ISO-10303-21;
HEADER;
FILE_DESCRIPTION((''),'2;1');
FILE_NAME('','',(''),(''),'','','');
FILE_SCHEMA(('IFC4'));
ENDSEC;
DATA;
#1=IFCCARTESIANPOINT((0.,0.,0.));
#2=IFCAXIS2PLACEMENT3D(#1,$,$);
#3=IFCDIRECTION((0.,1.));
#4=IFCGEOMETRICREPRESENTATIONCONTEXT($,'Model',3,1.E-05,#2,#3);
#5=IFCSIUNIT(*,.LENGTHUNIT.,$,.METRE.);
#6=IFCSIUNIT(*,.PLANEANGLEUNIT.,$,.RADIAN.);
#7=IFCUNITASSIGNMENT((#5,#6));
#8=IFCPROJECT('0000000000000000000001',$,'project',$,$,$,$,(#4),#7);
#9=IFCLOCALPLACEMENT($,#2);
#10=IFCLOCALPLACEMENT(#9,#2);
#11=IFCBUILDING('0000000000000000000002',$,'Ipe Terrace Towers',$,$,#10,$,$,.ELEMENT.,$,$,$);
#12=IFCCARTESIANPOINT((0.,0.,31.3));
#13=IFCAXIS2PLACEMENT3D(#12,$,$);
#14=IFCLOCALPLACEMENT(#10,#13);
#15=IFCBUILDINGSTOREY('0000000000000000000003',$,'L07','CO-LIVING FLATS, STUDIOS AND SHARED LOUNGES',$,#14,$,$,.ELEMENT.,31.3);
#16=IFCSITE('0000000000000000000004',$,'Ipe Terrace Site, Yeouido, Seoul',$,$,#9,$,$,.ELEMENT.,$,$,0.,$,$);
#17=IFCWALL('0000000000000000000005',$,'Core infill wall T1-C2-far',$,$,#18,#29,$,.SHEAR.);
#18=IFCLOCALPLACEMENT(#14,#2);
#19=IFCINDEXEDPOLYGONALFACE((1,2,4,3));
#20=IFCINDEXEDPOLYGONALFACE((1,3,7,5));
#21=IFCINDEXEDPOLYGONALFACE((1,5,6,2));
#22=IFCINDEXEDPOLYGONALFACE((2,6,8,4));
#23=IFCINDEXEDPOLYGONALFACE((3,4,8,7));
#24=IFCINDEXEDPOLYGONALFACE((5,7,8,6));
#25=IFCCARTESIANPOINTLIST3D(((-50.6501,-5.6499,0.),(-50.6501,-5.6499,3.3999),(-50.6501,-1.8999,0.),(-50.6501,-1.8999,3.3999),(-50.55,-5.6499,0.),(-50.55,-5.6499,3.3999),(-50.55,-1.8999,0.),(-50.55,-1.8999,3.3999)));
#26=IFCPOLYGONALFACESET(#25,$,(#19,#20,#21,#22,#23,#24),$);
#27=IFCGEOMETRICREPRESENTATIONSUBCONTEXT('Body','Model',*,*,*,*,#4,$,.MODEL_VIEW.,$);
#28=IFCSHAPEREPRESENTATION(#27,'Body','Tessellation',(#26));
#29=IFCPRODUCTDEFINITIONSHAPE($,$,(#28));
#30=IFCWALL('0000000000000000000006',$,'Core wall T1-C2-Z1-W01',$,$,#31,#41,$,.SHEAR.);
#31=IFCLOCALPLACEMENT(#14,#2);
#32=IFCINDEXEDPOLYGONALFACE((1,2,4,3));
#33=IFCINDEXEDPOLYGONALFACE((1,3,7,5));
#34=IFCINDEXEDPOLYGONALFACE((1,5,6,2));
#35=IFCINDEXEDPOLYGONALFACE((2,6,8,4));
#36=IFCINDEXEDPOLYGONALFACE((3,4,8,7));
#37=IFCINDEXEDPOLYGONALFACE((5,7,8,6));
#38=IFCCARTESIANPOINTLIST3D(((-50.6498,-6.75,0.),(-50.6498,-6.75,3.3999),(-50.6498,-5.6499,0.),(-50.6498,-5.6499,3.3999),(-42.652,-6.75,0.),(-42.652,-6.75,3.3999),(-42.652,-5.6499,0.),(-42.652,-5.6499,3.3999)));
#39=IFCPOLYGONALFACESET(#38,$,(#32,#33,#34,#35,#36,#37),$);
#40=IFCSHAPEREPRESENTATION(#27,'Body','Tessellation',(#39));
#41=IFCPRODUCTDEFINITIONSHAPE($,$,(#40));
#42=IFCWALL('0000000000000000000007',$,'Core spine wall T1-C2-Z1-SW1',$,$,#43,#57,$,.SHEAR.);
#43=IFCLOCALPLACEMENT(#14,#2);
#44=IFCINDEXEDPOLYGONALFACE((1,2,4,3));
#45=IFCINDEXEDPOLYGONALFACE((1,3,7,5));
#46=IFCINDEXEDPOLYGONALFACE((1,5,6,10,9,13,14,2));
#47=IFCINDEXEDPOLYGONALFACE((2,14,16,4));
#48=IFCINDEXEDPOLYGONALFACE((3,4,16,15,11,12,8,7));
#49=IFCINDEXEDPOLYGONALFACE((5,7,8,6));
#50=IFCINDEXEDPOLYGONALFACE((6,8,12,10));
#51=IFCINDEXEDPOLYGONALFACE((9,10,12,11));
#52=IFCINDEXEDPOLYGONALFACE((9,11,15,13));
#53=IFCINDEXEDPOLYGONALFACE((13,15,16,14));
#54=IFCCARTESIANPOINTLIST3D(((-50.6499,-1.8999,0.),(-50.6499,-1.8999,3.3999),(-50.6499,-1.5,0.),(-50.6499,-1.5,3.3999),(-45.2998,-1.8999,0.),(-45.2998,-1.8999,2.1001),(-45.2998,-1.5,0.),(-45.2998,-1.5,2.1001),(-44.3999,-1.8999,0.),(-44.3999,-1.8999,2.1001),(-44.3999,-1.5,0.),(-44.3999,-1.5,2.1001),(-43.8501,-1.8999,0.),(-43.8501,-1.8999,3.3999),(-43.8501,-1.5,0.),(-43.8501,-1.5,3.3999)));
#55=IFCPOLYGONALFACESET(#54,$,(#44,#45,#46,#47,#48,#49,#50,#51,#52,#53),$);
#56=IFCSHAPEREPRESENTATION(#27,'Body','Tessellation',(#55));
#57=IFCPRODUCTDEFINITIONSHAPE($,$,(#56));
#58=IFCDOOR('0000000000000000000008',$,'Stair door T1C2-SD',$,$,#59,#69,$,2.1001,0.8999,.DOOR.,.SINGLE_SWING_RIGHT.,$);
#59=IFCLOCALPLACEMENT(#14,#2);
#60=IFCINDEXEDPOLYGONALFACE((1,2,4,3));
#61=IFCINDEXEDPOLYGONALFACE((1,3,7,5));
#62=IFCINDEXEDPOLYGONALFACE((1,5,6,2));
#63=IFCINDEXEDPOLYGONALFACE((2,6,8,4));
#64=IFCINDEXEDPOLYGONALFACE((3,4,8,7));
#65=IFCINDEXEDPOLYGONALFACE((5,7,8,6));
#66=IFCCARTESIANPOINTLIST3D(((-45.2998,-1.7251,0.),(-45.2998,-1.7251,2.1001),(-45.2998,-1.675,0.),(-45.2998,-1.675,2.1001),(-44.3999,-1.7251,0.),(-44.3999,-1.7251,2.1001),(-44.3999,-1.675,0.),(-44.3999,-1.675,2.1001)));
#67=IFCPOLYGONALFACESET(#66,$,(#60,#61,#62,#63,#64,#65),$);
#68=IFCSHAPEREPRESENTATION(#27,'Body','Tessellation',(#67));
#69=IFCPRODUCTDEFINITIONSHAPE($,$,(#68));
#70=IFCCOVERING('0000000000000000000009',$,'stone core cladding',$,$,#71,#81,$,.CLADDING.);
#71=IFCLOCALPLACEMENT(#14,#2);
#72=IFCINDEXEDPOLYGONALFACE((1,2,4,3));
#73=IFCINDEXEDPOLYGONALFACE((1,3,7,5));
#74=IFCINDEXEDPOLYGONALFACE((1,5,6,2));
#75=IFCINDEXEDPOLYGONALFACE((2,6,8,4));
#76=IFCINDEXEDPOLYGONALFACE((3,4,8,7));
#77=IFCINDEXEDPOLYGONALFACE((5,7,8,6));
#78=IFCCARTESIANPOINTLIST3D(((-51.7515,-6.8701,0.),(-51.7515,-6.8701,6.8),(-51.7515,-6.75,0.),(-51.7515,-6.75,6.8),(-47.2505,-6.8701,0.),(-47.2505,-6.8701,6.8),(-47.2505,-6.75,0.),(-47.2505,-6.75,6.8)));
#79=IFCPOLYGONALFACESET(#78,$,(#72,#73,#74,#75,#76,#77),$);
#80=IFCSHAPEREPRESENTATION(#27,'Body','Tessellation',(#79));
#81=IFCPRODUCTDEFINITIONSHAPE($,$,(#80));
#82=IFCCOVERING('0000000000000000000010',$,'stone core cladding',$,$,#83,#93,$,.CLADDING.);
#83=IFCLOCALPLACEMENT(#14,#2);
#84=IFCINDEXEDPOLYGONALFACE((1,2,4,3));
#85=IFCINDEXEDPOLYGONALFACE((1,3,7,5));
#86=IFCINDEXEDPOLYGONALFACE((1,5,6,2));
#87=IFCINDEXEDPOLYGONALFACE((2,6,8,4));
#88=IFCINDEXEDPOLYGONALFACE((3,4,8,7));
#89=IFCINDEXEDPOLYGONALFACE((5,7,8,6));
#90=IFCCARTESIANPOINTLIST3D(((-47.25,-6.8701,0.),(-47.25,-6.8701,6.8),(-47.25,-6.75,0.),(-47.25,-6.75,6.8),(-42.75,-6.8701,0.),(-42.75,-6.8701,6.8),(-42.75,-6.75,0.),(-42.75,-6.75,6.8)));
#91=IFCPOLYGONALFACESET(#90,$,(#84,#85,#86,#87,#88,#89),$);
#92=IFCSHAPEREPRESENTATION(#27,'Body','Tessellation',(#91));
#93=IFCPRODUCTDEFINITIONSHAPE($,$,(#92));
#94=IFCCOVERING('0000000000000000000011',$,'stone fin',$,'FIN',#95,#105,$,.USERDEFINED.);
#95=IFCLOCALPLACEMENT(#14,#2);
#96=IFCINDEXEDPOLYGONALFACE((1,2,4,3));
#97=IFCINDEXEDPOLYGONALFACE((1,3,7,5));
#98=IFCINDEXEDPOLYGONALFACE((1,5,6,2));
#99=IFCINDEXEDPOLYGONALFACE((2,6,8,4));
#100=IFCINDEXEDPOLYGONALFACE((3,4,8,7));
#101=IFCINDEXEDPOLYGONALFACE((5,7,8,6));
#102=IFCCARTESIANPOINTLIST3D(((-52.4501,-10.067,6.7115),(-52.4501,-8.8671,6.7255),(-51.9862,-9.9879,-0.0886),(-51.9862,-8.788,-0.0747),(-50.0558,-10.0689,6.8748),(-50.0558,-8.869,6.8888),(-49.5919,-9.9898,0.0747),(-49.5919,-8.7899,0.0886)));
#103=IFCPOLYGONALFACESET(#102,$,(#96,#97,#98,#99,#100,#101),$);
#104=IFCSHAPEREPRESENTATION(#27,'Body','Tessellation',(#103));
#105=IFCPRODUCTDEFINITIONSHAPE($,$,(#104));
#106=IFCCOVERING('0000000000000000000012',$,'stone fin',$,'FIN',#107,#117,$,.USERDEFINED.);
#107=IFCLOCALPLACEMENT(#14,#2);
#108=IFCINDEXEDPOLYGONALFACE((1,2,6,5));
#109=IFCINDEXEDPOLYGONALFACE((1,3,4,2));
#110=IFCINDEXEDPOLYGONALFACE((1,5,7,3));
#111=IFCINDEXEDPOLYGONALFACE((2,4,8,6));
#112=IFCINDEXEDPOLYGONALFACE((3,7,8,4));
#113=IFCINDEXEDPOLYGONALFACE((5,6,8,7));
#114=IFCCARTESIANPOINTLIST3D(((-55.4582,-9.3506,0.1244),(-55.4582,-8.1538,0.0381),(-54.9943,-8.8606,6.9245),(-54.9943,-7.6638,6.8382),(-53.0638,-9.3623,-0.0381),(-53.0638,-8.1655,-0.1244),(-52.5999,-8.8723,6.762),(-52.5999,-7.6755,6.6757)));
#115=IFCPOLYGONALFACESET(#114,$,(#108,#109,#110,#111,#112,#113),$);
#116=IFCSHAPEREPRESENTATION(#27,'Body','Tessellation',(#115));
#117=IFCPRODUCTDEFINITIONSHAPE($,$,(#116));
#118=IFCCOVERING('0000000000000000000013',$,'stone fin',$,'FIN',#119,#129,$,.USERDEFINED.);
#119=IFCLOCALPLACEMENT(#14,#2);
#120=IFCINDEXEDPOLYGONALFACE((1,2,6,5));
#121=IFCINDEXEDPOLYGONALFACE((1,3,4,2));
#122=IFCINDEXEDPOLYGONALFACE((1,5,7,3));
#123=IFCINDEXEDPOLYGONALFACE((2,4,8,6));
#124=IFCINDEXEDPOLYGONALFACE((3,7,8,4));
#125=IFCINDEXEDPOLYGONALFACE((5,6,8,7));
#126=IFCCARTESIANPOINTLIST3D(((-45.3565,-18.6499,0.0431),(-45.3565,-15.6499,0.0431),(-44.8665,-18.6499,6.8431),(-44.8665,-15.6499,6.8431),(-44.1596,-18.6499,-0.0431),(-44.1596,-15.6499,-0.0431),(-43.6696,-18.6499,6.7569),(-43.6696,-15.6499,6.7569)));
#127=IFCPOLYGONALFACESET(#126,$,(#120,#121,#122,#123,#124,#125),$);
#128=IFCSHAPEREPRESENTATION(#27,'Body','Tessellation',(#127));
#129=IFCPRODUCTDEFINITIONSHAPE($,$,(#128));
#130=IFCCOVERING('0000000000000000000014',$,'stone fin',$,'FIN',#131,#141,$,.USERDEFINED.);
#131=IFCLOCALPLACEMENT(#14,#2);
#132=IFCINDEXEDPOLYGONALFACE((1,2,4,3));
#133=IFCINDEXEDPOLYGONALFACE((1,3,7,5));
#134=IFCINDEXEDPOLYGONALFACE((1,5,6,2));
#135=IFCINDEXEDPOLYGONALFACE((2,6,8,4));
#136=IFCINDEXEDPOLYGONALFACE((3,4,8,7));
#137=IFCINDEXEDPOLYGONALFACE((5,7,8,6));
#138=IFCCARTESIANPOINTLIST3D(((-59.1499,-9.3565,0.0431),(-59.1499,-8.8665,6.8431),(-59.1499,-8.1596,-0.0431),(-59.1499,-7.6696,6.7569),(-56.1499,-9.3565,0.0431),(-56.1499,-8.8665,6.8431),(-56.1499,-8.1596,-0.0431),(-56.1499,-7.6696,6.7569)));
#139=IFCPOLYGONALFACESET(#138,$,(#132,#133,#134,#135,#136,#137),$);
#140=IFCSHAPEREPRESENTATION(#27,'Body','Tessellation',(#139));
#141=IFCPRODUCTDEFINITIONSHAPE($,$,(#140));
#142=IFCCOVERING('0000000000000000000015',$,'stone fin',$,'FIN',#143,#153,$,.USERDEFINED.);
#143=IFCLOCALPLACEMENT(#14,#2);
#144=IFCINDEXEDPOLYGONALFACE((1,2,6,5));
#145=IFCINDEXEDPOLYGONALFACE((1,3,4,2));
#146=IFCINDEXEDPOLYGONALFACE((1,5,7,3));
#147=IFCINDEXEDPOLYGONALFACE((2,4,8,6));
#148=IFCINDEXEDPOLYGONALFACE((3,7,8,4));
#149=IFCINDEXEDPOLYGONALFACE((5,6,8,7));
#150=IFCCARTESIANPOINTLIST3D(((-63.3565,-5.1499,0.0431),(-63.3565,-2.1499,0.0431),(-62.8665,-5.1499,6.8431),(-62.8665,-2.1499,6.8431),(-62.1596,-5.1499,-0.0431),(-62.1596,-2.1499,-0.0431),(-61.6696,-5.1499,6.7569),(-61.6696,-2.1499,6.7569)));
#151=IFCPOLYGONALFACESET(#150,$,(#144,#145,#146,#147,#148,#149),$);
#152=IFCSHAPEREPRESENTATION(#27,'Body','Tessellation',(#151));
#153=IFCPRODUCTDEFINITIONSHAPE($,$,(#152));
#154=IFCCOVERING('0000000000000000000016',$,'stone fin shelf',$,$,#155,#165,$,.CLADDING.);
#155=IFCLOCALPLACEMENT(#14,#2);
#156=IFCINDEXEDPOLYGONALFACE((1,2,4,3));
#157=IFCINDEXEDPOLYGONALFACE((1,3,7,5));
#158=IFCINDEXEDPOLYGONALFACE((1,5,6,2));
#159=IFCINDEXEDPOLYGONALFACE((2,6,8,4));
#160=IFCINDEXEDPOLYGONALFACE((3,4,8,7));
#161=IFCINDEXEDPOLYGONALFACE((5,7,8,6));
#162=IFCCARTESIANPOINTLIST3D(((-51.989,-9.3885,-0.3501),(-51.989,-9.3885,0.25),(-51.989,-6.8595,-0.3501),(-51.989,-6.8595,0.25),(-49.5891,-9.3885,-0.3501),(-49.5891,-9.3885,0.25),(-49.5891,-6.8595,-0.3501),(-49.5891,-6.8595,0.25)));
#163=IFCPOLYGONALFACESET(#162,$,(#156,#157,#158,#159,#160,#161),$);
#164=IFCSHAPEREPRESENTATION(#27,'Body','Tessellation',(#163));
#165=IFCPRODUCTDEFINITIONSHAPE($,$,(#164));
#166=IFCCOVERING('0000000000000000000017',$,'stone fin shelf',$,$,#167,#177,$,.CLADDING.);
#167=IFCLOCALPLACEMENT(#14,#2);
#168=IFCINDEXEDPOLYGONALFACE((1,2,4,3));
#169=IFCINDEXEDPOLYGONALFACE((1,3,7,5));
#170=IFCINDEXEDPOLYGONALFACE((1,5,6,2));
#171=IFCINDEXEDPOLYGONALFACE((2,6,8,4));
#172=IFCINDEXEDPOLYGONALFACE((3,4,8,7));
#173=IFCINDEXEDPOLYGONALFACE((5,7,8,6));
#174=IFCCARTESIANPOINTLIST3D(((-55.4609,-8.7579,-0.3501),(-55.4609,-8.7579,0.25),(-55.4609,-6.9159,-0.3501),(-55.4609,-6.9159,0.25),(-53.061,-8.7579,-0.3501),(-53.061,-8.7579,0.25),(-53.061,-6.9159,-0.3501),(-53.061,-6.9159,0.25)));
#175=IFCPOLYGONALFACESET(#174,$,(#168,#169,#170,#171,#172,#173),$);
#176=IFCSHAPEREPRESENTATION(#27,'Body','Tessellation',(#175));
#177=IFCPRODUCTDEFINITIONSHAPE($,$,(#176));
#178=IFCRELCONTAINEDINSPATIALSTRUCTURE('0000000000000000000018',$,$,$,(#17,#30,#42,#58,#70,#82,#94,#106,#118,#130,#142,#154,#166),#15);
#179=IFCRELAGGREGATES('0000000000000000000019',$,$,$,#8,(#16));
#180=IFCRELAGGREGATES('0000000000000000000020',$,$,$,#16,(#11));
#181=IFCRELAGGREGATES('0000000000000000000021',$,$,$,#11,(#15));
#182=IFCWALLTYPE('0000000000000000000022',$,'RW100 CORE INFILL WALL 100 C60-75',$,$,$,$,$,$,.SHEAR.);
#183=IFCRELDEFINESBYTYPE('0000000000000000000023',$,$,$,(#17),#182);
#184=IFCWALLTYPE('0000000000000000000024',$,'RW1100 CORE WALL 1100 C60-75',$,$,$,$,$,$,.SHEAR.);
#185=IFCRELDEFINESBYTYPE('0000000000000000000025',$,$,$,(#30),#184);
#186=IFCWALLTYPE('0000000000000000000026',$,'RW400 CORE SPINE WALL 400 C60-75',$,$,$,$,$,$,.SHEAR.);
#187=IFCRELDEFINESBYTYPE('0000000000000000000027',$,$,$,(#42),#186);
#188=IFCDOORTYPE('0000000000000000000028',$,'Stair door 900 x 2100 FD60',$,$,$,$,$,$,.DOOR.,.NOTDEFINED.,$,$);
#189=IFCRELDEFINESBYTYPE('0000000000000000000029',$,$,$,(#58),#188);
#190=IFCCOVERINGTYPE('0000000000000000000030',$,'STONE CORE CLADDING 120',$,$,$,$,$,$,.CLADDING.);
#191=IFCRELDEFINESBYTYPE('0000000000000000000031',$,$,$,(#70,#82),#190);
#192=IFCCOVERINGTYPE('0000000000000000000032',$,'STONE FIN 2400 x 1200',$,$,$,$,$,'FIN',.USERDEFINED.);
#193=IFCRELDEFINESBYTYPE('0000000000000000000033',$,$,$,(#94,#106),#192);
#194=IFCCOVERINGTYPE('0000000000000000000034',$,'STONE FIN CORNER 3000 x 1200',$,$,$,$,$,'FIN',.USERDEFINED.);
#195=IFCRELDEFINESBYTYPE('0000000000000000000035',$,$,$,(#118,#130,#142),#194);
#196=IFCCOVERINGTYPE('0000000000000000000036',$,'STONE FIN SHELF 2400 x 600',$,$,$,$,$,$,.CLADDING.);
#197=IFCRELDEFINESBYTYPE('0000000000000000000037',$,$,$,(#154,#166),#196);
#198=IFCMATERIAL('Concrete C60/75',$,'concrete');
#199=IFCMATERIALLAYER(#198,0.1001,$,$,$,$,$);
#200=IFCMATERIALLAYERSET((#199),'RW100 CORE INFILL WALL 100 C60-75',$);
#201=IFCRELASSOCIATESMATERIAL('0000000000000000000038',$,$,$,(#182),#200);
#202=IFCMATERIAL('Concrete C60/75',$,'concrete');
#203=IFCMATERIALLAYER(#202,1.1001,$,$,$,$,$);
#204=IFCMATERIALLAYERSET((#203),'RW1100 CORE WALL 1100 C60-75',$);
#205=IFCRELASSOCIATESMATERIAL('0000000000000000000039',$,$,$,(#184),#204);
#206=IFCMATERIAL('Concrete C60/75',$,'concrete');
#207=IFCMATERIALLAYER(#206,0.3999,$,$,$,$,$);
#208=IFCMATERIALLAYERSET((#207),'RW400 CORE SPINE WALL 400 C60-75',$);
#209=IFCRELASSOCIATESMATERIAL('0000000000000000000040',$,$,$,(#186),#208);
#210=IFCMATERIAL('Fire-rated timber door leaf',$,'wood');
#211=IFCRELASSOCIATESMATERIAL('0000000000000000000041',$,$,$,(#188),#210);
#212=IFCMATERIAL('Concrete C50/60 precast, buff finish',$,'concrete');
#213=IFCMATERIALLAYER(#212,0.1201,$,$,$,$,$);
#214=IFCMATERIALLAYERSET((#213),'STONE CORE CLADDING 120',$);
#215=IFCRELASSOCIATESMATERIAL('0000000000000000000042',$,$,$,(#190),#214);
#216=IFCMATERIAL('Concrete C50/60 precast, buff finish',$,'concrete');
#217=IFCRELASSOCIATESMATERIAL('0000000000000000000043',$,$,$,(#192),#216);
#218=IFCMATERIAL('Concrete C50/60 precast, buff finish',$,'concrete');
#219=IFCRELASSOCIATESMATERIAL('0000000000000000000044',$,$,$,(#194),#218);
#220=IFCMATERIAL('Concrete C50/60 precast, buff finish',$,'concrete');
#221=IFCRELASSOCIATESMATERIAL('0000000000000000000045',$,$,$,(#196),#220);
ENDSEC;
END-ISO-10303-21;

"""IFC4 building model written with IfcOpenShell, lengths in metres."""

from ifc_helpers import new_model, si_unit, direction, frame, frame_2d, origin, origin_2d, place, context, subcontext, project, spatial, rectangle, extrude, material, layer, layer_set, material_profile, profile_set, type_object, element, fill, save


model = new_model("IFC4")

# Units and contexts
model_context = context("Model", 3, precision=1e-05, world=origin(), true_north=direction((0.0, 1.0)))
body_context = subcontext(model_context, "Body", "Model", "MODEL_VIEW")
ifc_project = project(units=[si_unit("LENGTHUNIT", "METRE"), si_unit("PLANEANGLEUNIT", "RADIAN")], contexts=[model_context])

# Site, building, storey
site_placement = place(None, origin())
site = spatial("IfcSite", under=ifc_project, at=site_placement, Name="Ipe Terrace Site, Yeouido, Seoul", CompositionType="ELEMENT", RefElevation=0.0)
building_placement = place(site_placement, origin())
building = spatial("IfcBuilding", under=site, at=building_placement, Name="Ipe Terrace Towers", CompositionType="ELEMENT")
storey_placement = place(building_placement, frame((0.0, 0.0, 31.3)))
storey = spatial("IfcBuildingStorey", under=building, at=storey_placement, Name="L07", Description="CO-LIVING FLATS, STUDIOS AND SHARED LOUNGES", CompositionType="ELEMENT", Elevation=31.3)

# Walls
ifc_material_1 = material(Name="Concrete C60/75", Category="concrete")
ifc_layer_1 = layer(ifc_material_1, 0.1001)
ifc_layer_set_1 = layer_set([ifc_layer_1], Name="RW100 CORE INFILL WALL 100 C60-75")
wall_type_1 = type_object("IfcWallType", Name="RW100 CORE INFILL WALL 100 C60-75", PredefinedType="SHEAR", material=ifc_layer_set_1)
wall_1_placement = place(storey_placement, frame((-50.6001, -1.8999, 0.0), z_axis=(0.0, 0.0, 1.0), x_axis=(0.0, -1.0, 0.0)))
element("IfcWall", 1, at=wall_1_placement, inside=storey, type_object=wall_type_1, Name="Core infill wall T1-C2-far", PredefinedType="SHEAR", context=body_context, shape_type="SweptSolid", body=[
    extrude(rectangle(XDim=3.75, YDim=0.1001, at=frame_2d((1.875, 0.0))), origin(), (0.0, 0.0, 1.0), 3.3999),
])
ifc_material_2 = material(Name="Concrete C60/75", Category="concrete")
ifc_layer_2 = layer(ifc_material_2, 1.1001)
ifc_layer_set_2 = layer_set([ifc_layer_2], Name="RW1100 CORE WALL 1100 C60-75")
wall_type_2 = type_object("IfcWallType", Name="RW1100 CORE WALL 1100 C60-75", PredefinedType="SHEAR", material=ifc_layer_set_2)
wall_2_placement = place(storey_placement, frame((-50.6499, -6.2, 0.0), z_axis=(0.0, 0.0, 1.0), x_axis=(1.0, 0.0, 0.0)))
element("IfcWall", 2, at=wall_2_placement, inside=storey, type_object=wall_type_2, Name="Core wall T1-C2-Z1-W01", PredefinedType="SHEAR", context=body_context, shape_type="SweptSolid", body=[
    extrude(rectangle(XDim=7.9978, YDim=1.1001, at=frame_2d((3.999, 0.0))), origin(), (0.0, 0.0, 1.0), 3.3999),
])

# Wall, opening, door
ifc_material_3 = material(Name="Concrete C60/75", Category="concrete")
ifc_layer_3 = layer(ifc_material_3, 0.3999)
ifc_layer_set_3 = layer_set([ifc_layer_3], Name="RW400 CORE SPINE WALL 400 C60-75")
wall_type_3 = type_object("IfcWallType", Name="RW400 CORE SPINE WALL 400 C60-75", PredefinedType="SHEAR", material=ifc_layer_set_3)
wall_3_placement = place(storey_placement, frame((-50.6499, -1.7, 0.0), z_axis=(0.0, 0.0, 1.0), x_axis=(1.0, 0.0, 0.0)))
wall_3 = element("IfcWall", 3, at=wall_3_placement, inside=storey, type_object=wall_type_3, Name="Core spine wall T1-C2-Z1-SW1", PredefinedType="SHEAR", context=body_context, shape_type="SweptSolid", body=[
    extrude(rectangle(XDim=6.7998, YDim=0.3999, at=frame_2d((3.3999, 0.0))), origin(), (0.0, 0.0, 1.0), 3.3999),
])
opening_1_placement = place(wall_3_placement, frame((5.3501, 0.0, 0.0)))
opening_1 = element("IfcOpeningElement", 4, at=opening_1_placement, cuts=wall_3, PredefinedType="OPENING", context=body_context, shape_type="SweptSolid", body=[
    extrude(rectangle(XDim=0.8999, YDim=2.1001, at=frame_2d((0.45, 1.05))), frame((0.0, 0.21, 0.0), z_axis=(0.0, -1.0, 0.0), x_axis=(1.0, 0.0, 0.0)), (0.0, 0.0, 1.0), 0.4199),
])
ifc_material_4 = material(Name="Fire-rated timber door leaf", Category="wood")
door_type_1 = type_object("IfcDoorType", Name="Stair door 900 x 2100 FD60", OperationType="NOTDEFINED", PredefinedType="DOOR", material=ifc_material_4)
door_1_placement = place(opening_1_placement, origin())
door_1 = element("IfcDoor", 5, at=door_1_placement, inside=storey, type_object=door_type_1, Name="Stair door T1C2-SD", OperationType="SINGLE_SWING_RIGHT", OverallHeight=2.1001, OverallWidth=0.8999, PredefinedType="DOOR", context=body_context, shape_type="SweptSolid", body=[
    extrude(rectangle(XDim=0.8999, YDim=2.1001, at=frame_2d((0.45, 1.05))), frame((0.0, 0.0249, 0.0), z_axis=(0.0, -1.0, 0.0), x_axis=(1.0, 0.0, 0.0)), (0.0, 0.0, 1.0), 0.05),
])
fill(opening_1, door_1)

# Coverings
ifc_material_5 = material(Name="Concrete C50/60 precast, buff finish", Category="concrete")
ifc_layer_4 = layer(ifc_material_5, 0.1201)
ifc_layer_set_4 = layer_set([ifc_layer_4], Name="STONE CORE CLADDING 120")
covering_type_1 = type_object("IfcCoveringType", Name="STONE CORE CLADDING 120", PredefinedType="CLADDING", material=ifc_layer_set_4)
covering_1_placement = place(storey_placement, frame((-49.501, -6.8101, 0.0), z_axis=(0.0, 0.0, 1.0), x_axis=(1.0, 0.0, 0.0)))
element("IfcCovering", 6, at=covering_1_placement, inside=storey, type_object=covering_type_1, Name="stone core cladding", PredefinedType="CLADDING", context=body_context, shape_type="SweptSolid", body=[
    extrude(rectangle(XDim=4.501, YDim=0.1201, at=origin_2d()), origin(), (0.0, 0.0, 1.0), 6.8),
])
covering_2_placement = place(storey_placement, frame((-45.0, -6.8101, 0.0), z_axis=(0.0, 0.0, 1.0), x_axis=(1.0, 0.0, 0.0)))
element("IfcCovering", 7, at=covering_2_placement, inside=storey, type_object=covering_type_1, Name="stone core cladding", PredefinedType="CLADDING", context=body_context, shape_type="SweptSolid", body=[
    extrude(rectangle(XDim=4.5, YDim=0.1201, at=origin_2d()), origin(), (0.0, 0.0, 1.0), 6.8),
])
ifc_material_6 = material(Name="Concrete C50/60 precast, buff finish", Category="concrete")
ifc_material_profile_1 = material_profile(ifc_material_6, rectangle(XDim=2.3999, YDim=1.2, at=origin_2d()), Name="STONE FIN 2400 x 1200")
ifc_profile_set_1 = profile_set([ifc_material_profile_1], Name="Concrete C50/60 precast, buff finish")
covering_type_2 = type_object("IfcCoveringType", Name="STONE FIN 2400 x 1200", ElementType="FIN", PredefinedType="USERDEFINED", material=ifc_profile_set_1)
covering_3_placement = place(storey_placement, frame((-50.7891, -9.3889, 0.0), z_axis=(-0.068053, -0.011605, 0.997614), x_axis=(0.997682, -0.000792, 0.068048)))
element("IfcCovering", 8, at=covering_3_placement, inside=storey, type_object=covering_type_2, Name="stone fin", ObjectType="FIN", PredefinedType="USERDEFINED", context=body_context, shape_type="SweptSolid", body=[
    extrude(rectangle(XDim=2.3999, YDim=1.2, at=origin_2d()), origin(), (0.0, 0.0, 1.0), 6.8164),
])
covering_4_placement = place(storey_placement, frame((-54.261, -8.7581, 0.0), z_axis=(0.067882, 0.071705, 0.995113), x_axis=(0.997693, -0.004879, -0.067706)))
element("IfcCovering", 9, at=covering_4_placement, inside=storey, type_object=covering_type_2, Name="stone fin", ObjectType="FIN", PredefinedType="USERDEFINED", context=body_context, shape_type="SweptSolid", body=[
    extrude(rectangle(XDim=2.3999, YDim=1.2, at=origin_2d()), origin(), (0.0, 0.0, 1.0), 6.8335),
])
ifc_material_7 = material(Name="Concrete C50/60 precast, buff finish", Category="concrete")
ifc_material_profile_2 = material_profile(ifc_material_7, rectangle(XDim=3.0, YDim=1.2, at=origin_2d()), Name="STONE FIN CORNER 3000 x 1200")
ifc_profile_set_2 = profile_set([ifc_material_profile_2], Name="Concrete C50/60 precast, buff finish")
covering_type_3 = type_object("IfcCoveringType", Name="STONE FIN CORNER 3000 x 1200", ElementType="FIN", PredefinedType="USERDEFINED", material=ifc_profile_set_2)
for number, where, z_axis, x_axis, name in (
    (10, (-44.7581, -17.1499, 0.0), (0.071871, 0.0, 0.997414), (0.0, -1.0, 0.0), "stone fin"),
    (11, (-57.6499, -8.7581, 0.0), (0.0, 0.071871, 0.997414), (1.0, 0.0, 0.0), "stone fin"),
    (12, (-62.7581, -3.6499, 0.0), (0.071871, 0.0, 0.997414), (0.0, -1.0, 0.0), "stone fin"),
):
    element("IfcCovering", number, at=place(storey_placement, frame(where, z_axis=z_axis, x_axis=x_axis)), inside=storey, type_object=covering_type_3, Name=name, ObjectType="FIN", PredefinedType="USERDEFINED", context=body_context, shape_type="SweptSolid", body=[
        extrude(rectangle(XDim=3.0, YDim=1.2, at=origin_2d()), origin(), (0.0, 0.0, 1.0), 6.8176),
    ])
ifc_material_8 = material(Name="Concrete C50/60 precast, buff finish", Category="concrete")
covering_type_4 = type_object("IfcCoveringType", Name="STONE FIN SHELF 2400 x 600", PredefinedType="CLADDING", material=ifc_material_8)
covering_5_placement = place(storey_placement, frame((-50.7891, -8.124, -0.3501), z_axis=(0.0, 0.0, 1.0), x_axis=(1.0, 0.0, 0.0)))
element("IfcCovering", 13, at=covering_5_placement, inside=storey, type_object=covering_type_4, Name="stone fin shelf", PredefinedType="CLADDING", context=body_context, shape_type="SweptSolid", body=[
    extrude(rectangle(XDim=2.3999, YDim=2.5291, at=origin_2d()), origin(), (0.0, 0.0, 1.0), 0.6001),
])
covering_6_placement = place(storey_placement, frame((-54.261, -7.8369, -0.3501), z_axis=(0.0, 0.0, 1.0), x_axis=(1.0, 0.0, 0.0)))
element("IfcCovering", 14, at=covering_6_placement, inside=storey, type_object=covering_type_4, Name="stone fin shelf", PredefinedType="CLADDING", context=body_context, shape_type="SweptSolid", body=[
    extrude(rectangle(XDim=2.3999, YDim=1.842, at=origin_2d()), origin(), (0.0, 0.0, 1.0), 0.6001),
])

save(model, "model.ifc")
